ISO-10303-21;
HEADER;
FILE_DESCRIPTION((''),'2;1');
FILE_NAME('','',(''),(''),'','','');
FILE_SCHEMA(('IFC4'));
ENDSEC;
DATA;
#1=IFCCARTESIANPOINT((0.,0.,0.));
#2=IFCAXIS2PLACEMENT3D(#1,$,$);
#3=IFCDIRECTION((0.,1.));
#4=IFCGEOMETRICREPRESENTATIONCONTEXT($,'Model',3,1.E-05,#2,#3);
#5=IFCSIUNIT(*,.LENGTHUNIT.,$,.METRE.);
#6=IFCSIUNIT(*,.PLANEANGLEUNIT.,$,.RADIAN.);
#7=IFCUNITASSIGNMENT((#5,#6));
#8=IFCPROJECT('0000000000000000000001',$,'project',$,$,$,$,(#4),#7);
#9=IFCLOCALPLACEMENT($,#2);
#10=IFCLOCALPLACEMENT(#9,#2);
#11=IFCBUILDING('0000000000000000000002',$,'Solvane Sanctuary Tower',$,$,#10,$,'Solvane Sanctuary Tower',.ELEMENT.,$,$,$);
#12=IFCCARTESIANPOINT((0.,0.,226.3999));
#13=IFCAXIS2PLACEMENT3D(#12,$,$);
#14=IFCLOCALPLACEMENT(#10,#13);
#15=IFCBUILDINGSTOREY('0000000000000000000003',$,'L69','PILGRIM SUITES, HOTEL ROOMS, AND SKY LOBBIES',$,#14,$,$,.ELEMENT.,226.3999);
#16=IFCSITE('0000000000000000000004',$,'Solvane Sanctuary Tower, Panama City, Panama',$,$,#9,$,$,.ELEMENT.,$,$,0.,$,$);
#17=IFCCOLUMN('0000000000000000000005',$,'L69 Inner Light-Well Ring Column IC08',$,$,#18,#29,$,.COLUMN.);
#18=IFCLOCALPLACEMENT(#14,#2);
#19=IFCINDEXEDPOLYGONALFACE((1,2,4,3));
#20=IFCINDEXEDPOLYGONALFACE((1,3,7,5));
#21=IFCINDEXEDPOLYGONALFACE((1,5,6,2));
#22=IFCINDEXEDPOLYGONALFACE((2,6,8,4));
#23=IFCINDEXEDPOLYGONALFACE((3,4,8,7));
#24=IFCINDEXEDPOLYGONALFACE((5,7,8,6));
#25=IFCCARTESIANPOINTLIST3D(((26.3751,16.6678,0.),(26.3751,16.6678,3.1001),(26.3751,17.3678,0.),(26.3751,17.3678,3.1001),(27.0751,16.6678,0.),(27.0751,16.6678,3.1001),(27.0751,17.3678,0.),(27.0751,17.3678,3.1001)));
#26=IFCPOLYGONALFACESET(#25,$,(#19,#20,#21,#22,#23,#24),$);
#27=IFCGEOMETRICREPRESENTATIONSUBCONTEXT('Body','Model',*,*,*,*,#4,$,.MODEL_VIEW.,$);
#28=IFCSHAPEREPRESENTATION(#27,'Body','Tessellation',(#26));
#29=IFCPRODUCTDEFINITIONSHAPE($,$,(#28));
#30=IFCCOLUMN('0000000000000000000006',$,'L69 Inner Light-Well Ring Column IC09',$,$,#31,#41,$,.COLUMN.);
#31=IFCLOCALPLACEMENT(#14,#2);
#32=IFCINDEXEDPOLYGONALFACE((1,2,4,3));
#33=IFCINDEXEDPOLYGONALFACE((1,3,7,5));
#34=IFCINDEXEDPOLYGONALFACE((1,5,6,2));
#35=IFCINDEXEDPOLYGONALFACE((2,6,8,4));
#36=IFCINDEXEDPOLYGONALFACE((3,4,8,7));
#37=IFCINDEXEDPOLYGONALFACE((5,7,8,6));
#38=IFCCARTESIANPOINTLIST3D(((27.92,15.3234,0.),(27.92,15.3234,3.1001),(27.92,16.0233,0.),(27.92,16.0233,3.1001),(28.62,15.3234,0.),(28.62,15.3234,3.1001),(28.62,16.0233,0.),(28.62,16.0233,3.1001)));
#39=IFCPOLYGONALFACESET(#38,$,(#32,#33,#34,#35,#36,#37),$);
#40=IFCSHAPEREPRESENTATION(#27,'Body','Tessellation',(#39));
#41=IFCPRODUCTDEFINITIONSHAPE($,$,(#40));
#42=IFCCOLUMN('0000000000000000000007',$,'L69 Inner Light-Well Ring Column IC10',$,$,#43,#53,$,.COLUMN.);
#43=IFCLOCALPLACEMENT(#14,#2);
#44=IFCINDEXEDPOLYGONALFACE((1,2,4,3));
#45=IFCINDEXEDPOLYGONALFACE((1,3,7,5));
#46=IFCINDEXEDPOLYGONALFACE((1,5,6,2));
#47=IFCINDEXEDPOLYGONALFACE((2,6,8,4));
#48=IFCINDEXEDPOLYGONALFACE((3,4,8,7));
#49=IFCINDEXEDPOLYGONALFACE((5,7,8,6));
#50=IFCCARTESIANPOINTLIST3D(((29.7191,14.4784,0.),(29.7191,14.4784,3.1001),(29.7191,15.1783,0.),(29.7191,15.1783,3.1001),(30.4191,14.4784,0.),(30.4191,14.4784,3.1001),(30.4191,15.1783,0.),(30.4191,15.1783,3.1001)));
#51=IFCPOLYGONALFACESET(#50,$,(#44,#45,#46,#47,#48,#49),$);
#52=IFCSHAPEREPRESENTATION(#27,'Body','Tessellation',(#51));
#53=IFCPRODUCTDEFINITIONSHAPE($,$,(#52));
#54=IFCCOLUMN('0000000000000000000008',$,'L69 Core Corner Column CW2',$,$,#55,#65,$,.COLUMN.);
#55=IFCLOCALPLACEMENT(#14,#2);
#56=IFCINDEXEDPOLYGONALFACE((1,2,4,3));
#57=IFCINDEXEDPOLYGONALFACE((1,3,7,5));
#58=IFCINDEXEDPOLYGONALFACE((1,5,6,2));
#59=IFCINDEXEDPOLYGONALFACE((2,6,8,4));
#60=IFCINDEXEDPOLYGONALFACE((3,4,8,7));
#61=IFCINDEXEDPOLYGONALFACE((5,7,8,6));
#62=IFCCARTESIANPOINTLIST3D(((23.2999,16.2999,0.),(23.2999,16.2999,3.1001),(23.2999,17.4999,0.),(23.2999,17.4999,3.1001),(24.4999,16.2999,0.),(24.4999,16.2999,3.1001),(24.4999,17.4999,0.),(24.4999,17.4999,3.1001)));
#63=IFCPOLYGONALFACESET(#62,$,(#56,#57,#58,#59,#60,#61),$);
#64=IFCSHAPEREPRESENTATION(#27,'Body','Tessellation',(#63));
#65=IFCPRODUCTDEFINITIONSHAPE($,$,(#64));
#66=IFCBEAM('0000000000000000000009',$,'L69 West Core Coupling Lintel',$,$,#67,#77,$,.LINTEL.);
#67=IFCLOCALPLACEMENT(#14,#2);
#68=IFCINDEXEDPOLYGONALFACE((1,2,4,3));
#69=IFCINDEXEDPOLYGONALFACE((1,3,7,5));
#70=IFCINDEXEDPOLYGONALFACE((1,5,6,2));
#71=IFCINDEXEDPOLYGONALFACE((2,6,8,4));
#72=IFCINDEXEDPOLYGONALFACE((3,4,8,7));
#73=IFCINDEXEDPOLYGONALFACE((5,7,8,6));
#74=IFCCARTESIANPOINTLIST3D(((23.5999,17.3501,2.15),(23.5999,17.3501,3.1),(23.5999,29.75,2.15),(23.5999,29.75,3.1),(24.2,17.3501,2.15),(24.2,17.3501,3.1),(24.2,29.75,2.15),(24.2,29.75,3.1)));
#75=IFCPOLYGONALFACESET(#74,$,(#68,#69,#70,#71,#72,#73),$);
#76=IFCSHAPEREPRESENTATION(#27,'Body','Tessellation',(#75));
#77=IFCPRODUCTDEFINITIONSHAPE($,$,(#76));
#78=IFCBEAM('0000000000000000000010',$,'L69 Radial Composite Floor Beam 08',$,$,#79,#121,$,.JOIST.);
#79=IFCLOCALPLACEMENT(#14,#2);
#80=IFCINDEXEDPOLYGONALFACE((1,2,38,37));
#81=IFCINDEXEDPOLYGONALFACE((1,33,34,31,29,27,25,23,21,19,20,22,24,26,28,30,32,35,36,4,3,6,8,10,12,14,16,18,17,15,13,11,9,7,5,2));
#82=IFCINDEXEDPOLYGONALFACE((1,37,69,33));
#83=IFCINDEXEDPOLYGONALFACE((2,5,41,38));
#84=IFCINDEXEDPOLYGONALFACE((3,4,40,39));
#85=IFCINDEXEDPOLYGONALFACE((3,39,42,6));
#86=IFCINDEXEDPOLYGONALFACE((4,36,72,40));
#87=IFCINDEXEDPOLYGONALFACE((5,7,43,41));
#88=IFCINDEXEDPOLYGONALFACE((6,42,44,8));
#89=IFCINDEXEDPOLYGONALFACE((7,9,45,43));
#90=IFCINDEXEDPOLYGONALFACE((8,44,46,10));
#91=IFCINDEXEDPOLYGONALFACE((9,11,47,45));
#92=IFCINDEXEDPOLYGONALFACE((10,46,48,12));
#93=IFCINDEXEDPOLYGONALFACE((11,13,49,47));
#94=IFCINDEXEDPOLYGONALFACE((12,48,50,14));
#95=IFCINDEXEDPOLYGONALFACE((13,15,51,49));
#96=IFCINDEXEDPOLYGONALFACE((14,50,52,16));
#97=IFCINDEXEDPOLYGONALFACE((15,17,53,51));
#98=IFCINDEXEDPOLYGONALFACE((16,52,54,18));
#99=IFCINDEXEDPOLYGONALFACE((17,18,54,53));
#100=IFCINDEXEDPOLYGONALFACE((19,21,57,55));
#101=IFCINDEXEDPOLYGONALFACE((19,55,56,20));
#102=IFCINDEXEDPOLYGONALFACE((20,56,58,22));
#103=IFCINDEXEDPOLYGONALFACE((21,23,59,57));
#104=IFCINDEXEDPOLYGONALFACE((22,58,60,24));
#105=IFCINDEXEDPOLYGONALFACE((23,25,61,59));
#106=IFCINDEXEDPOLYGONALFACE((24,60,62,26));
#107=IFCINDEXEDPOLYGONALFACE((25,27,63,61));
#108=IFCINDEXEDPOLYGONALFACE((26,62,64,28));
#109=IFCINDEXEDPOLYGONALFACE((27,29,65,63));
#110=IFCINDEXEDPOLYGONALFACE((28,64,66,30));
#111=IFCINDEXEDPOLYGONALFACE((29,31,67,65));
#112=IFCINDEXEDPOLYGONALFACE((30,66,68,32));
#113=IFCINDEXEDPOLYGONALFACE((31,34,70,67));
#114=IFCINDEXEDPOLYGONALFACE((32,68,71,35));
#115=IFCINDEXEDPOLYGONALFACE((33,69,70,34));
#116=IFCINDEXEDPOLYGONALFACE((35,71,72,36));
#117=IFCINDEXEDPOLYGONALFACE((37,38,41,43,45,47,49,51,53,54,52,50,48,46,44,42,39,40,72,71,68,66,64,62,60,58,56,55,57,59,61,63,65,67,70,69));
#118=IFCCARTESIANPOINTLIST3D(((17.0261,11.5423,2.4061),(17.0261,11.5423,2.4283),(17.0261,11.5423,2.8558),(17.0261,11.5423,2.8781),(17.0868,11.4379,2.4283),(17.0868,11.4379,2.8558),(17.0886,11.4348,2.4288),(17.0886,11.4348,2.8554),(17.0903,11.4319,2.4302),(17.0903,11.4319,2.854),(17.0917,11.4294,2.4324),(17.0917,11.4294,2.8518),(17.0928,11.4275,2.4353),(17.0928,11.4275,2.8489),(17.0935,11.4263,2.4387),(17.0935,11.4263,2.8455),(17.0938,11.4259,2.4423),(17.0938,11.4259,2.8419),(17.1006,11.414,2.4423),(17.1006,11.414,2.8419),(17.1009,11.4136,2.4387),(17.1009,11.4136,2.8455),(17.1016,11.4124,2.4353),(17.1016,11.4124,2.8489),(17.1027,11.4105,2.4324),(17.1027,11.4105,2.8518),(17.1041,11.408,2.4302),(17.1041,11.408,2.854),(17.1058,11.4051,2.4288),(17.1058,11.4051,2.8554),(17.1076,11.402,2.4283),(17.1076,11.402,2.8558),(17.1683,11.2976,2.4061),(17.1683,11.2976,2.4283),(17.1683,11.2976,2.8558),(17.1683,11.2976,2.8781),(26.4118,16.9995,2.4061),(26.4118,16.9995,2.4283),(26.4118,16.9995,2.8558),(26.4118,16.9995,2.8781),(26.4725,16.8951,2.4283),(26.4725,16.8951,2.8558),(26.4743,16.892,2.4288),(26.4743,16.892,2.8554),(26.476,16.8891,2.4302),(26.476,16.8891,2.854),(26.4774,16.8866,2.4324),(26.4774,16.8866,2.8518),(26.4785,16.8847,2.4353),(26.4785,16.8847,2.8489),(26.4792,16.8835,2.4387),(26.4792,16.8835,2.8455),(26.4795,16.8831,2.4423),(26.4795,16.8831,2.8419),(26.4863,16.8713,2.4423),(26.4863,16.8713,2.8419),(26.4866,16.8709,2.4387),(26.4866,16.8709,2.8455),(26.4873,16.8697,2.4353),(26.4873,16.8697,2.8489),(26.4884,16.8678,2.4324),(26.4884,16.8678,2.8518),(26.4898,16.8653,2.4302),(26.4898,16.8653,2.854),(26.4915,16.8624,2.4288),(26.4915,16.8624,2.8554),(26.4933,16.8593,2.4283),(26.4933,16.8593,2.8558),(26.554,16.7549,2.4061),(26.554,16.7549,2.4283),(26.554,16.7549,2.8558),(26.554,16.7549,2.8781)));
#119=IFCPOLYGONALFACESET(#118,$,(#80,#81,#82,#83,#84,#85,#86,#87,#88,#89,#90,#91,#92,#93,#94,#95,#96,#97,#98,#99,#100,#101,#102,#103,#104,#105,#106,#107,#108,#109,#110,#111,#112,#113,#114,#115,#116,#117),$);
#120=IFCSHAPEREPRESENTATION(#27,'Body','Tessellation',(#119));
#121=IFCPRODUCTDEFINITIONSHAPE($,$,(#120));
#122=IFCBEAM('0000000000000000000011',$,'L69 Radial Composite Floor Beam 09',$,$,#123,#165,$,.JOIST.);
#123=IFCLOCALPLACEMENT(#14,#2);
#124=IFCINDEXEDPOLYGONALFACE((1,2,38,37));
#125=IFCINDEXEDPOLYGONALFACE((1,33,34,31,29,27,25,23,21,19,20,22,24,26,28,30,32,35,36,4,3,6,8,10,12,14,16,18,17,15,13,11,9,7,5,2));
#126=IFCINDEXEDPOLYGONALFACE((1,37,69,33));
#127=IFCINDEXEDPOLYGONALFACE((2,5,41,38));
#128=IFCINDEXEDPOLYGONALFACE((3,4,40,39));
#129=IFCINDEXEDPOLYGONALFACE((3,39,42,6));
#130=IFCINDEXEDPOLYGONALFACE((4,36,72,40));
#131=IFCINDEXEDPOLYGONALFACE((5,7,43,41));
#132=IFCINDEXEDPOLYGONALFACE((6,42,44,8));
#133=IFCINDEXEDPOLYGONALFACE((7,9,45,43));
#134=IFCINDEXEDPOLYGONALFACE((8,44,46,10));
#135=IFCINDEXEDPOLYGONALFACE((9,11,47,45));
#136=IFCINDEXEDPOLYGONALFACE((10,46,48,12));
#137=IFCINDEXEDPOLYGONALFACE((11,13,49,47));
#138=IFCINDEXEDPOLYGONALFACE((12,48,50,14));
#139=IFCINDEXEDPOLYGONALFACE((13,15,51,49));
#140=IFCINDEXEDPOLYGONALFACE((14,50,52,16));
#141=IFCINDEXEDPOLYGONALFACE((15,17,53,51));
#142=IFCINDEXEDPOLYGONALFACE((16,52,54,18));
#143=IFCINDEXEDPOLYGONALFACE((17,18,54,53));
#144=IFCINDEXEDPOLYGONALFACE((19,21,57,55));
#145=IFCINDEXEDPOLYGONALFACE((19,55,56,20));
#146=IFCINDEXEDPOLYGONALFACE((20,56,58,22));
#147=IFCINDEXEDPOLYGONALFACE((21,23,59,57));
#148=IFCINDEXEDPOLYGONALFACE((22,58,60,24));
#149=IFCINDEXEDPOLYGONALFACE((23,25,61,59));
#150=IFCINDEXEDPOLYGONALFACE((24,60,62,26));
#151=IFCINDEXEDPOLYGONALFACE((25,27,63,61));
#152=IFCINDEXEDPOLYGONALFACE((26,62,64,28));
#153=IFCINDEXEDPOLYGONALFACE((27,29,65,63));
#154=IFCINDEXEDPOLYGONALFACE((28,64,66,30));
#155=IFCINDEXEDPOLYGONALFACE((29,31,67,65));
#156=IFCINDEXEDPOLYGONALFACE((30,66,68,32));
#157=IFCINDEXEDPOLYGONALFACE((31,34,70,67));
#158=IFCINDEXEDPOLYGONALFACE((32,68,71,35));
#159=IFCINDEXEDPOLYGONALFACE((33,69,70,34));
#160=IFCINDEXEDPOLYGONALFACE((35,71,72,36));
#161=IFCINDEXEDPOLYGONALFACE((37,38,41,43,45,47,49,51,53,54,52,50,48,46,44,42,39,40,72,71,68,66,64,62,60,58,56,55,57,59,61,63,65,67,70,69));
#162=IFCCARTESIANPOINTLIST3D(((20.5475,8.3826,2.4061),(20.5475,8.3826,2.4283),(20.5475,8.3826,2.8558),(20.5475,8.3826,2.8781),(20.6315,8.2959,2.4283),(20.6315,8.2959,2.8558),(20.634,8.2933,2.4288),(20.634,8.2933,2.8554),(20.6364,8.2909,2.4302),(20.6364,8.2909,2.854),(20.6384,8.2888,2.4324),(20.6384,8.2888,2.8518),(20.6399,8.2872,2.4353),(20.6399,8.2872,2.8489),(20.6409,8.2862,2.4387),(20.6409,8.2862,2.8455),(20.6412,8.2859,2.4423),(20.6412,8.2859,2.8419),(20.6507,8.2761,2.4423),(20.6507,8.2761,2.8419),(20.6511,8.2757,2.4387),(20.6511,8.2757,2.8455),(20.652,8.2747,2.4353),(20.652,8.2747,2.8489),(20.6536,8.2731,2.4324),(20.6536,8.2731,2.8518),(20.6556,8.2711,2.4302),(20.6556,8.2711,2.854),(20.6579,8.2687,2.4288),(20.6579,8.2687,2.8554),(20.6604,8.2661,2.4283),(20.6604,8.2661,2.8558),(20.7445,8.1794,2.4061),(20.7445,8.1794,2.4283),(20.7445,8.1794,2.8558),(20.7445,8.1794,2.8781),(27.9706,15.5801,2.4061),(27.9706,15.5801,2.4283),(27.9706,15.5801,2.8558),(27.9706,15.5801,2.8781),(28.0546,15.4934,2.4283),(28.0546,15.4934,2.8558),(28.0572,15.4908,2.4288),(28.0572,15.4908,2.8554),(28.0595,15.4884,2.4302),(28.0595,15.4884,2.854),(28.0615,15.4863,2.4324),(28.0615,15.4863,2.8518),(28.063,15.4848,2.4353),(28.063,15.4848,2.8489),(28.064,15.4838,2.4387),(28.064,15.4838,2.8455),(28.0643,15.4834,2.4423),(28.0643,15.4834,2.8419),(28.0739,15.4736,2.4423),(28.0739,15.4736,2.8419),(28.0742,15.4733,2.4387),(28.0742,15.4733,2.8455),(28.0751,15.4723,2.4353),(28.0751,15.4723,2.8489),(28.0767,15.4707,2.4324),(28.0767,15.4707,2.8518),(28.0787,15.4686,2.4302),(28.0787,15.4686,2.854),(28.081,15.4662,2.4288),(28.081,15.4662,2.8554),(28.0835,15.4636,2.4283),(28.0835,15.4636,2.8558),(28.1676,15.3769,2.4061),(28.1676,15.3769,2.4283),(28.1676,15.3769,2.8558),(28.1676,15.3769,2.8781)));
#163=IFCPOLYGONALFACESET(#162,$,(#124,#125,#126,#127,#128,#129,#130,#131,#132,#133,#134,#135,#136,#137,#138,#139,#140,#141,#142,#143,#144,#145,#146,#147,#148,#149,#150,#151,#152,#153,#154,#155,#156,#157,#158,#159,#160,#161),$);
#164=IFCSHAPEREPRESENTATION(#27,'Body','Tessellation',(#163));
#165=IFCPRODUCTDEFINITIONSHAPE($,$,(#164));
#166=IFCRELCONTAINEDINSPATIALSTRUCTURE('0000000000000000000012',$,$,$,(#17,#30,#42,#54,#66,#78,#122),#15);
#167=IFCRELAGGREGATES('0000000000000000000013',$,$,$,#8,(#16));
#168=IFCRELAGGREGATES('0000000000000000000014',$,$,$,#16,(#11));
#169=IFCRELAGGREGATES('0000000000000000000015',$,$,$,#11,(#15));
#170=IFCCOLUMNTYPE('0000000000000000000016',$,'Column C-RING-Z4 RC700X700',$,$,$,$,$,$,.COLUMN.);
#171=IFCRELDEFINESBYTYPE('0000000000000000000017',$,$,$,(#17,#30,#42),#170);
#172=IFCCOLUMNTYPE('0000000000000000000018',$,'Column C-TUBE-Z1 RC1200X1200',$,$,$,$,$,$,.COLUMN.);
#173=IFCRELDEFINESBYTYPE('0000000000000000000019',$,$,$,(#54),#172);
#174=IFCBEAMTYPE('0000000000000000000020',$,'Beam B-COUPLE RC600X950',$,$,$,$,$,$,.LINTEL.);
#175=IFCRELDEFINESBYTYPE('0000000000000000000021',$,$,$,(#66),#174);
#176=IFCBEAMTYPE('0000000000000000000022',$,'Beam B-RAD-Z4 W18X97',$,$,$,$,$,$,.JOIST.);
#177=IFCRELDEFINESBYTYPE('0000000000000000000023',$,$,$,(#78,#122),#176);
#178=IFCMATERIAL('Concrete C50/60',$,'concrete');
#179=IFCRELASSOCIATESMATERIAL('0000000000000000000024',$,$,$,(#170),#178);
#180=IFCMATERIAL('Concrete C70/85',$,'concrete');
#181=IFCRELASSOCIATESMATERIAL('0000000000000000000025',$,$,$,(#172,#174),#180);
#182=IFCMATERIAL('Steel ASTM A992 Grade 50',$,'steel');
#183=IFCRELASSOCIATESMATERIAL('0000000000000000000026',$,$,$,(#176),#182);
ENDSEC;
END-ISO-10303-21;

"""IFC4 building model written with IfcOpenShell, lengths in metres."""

from ifc_helpers import new_model, si_unit, direction, frame, origin, origin_2d, place, context, subcontext, project, spatial, rectangle, i_section, extrude, material, material_profile, profile_set, type_object, element, save


model = new_model("IFC4")

# Units and contexts
model_context = context("Model", 3, precision=1e-05, world=origin(), true_north=direction((0.0, 1.0)))
body_context = subcontext(model_context, "Body", "Model", "MODEL_VIEW")
ifc_project = project(units=[si_unit("LENGTHUNIT", "METRE"), si_unit("PLANEANGLEUNIT", "RADIAN")], contexts=[model_context])

# Site, building, storey
site_placement = place(None, origin())
site = spatial("IfcSite", under=ifc_project, at=site_placement, Name="Solvane Sanctuary Tower, Panama City, Panama", CompositionType="ELEMENT", RefElevation=0.0)
building_placement = place(site_placement, origin())
building = spatial("IfcBuilding", under=site, at=building_placement, Name="Solvane Sanctuary Tower", LongName="Solvane Sanctuary Tower", CompositionType="ELEMENT")
storey_placement = place(building_placement, frame((0.0, 0.0, 226.3999)))
storey = spatial("IfcBuildingStorey", under=building, at=storey_placement, Name="L69", Description="PILGRIM SUITES, HOTEL ROOMS, AND SKY LOBBIES", CompositionType="ELEMENT", Elevation=226.3999)

# Columns
ifc_material_1 = material(Name="Concrete C50/60", Category="concrete")
ifc_material_profile_1 = material_profile(ifc_material_1, rectangle(XDim=0.7, YDim=0.7, at=origin_2d()), Name="RC700X700")
ifc_profile_set_1 = profile_set([ifc_material_profile_1], Name="Concrete C50/60")
column_type_1 = type_object("IfcColumnType", Name="Column C-RING-Z4 RC700X700", PredefinedType="COLUMN", material=ifc_profile_set_1)
for number, where, z_axis, x_axis, name in (
    (1, (26.7251, 17.0178, 0.0), (0.0, 0.0, 1.0), (1.0, 0.0, 0.0), "L69 Inner Light-Well Ring Column IC08"),
    (2, (28.27, 15.6733, 0.0), (0.0, 0.0, 1.0), (1.0, 0.0, 0.0), "L69 Inner Light-Well Ring Column IC09"),
    (3, (30.0691, 14.8284, 0.0), (0.0, 0.0, 1.0), (1.0, 0.0, 0.0), "L69 Inner Light-Well Ring Column IC10"),
):
    element("IfcColumn", number, at=place(storey_placement, frame(where, z_axis=z_axis, x_axis=x_axis)), inside=storey, type_object=column_type_1, Name=name, PredefinedType="COLUMN", context=body_context, shape_type="SweptSolid", body=[
        extrude(rectangle(XDim=0.7, YDim=0.7, at=origin_2d()), origin(), (0.0, 0.0, 1.0), 3.1001),
    ])
ifc_material_2 = material(Name="Concrete C70/85", Category="concrete")
ifc_material_profile_2 = material_profile(ifc_material_2, rectangle(XDim=1.2, YDim=1.2, at=origin_2d()), Name="RC1200X1200")
ifc_profile_set_2 = profile_set([ifc_material_profile_2], Name="Concrete C70/85")
column_type_2 = type_object("IfcColumnType", Name="Column C-TUBE-Z1 RC1200X1200", PredefinedType="COLUMN", material=ifc_profile_set_2)
column_placement = place(storey_placement, frame((23.8999, 16.8999, 0.0), z_axis=(0.0, 0.0, 1.0), x_axis=(1.0, 0.0, 0.0)))
element("IfcColumn", 4, at=column_placement, inside=storey, type_object=column_type_2, Name="L69 Core Corner Column CW2", PredefinedType="COLUMN", context=body_context, shape_type="SweptSolid", body=[
    extrude(rectangle(XDim=1.2, YDim=1.2, at=origin_2d()), origin(), (0.0, 0.0, 1.0), 3.1001),
])

# Beams
ifc_material_profile_3 = material_profile(ifc_material_2, rectangle(XDim=0.6001, YDim=0.95, at=origin_2d()), Name="RC600X950")
ifc_profile_set_3 = profile_set([ifc_material_profile_3], Name="Concrete C70/85")
beam_type_1 = type_object("IfcBeamType", Name="Beam B-COUPLE RC600X950", PredefinedType="LINTEL", material=ifc_profile_set_3)
beam_1_placement = place(storey_placement, frame((23.8999, 17.3501, 2.625), z_axis=(0.0, 1.0, 0.0), x_axis=(-1.0, 0.0, 0.0)))
element("IfcBeam", 5, at=beam_1_placement, inside=storey, type_object=beam_type_1, Name="L69 West Core Coupling Lintel", PredefinedType="LINTEL", context=body_context, shape_type="SweptSolid", body=[
    extrude(rectangle(XDim=0.6001, YDim=0.95, at=origin_2d()), origin(), (0.0, 0.0, 1.0), 12.3999),
])
ifc_material_3 = material(Name="Steel ASTM A992 Grade 50", Category="steel")
ifc_material_profile_4 = material_profile(ifc_material_3, i_section(OverallWidth=0.283, OverallDepth=0.4719, WebThickness=0.0137, FlangeThickness=0.0222, FilletRadius=0.0139, at=origin_2d()), Name="W18X97")
ifc_profile_set_4 = profile_set([ifc_material_profile_4], Name="Steel ASTM A992 Grade 50")
beam_type_2 = type_object("IfcBeamType", Name="Beam B-RAD-Z4 W18X97", PredefinedType="JOIST", material=ifc_profile_set_4)
beam_2_placement = place(storey_placement, frame((26.4829, 16.8772, 2.6421), z_axis=(-0.864489, -0.502651, 0.0), x_axis=(0.502651, -0.864489, 0.0)))
element("IfcBeam", 6, at=beam_2_placement, inside=storey, type_object=beam_type_2, Name="L69 Radial Composite Floor Beam 08", PredefinedType="JOIST", context=body_context, shape_type="SweptSolid", body=[
    extrude(i_section(OverallWidth=0.283, OverallDepth=0.4719, WebThickness=0.0137, FlangeThickness=0.0222, FilletRadius=0.0139, at=origin_2d()), origin(), (0.0, 0.0, 1.0), 10.8569),
])
beam_3_placement = place(storey_placement, frame((28.0691, 15.4785, 2.6421), z_axis=(-0.717932, -0.696114, 0.0), x_axis=(0.696114, -0.717932, 0.0)))
element("IfcBeam", 7, at=beam_3_placement, inside=storey, type_object=beam_type_2, Name="L69 Radial Composite Floor Beam 09", PredefinedType="JOIST", context=body_context, shape_type="SweptSolid", body=[
    extrude(i_section(OverallWidth=0.283, OverallDepth=0.4719, WebThickness=0.0137, FlangeThickness=0.0222, FilletRadius=0.0139, at=origin_2d()), origin(), (0.0, 0.0, 1.0), 10.3396),
])

save(model, "model.ifc")
